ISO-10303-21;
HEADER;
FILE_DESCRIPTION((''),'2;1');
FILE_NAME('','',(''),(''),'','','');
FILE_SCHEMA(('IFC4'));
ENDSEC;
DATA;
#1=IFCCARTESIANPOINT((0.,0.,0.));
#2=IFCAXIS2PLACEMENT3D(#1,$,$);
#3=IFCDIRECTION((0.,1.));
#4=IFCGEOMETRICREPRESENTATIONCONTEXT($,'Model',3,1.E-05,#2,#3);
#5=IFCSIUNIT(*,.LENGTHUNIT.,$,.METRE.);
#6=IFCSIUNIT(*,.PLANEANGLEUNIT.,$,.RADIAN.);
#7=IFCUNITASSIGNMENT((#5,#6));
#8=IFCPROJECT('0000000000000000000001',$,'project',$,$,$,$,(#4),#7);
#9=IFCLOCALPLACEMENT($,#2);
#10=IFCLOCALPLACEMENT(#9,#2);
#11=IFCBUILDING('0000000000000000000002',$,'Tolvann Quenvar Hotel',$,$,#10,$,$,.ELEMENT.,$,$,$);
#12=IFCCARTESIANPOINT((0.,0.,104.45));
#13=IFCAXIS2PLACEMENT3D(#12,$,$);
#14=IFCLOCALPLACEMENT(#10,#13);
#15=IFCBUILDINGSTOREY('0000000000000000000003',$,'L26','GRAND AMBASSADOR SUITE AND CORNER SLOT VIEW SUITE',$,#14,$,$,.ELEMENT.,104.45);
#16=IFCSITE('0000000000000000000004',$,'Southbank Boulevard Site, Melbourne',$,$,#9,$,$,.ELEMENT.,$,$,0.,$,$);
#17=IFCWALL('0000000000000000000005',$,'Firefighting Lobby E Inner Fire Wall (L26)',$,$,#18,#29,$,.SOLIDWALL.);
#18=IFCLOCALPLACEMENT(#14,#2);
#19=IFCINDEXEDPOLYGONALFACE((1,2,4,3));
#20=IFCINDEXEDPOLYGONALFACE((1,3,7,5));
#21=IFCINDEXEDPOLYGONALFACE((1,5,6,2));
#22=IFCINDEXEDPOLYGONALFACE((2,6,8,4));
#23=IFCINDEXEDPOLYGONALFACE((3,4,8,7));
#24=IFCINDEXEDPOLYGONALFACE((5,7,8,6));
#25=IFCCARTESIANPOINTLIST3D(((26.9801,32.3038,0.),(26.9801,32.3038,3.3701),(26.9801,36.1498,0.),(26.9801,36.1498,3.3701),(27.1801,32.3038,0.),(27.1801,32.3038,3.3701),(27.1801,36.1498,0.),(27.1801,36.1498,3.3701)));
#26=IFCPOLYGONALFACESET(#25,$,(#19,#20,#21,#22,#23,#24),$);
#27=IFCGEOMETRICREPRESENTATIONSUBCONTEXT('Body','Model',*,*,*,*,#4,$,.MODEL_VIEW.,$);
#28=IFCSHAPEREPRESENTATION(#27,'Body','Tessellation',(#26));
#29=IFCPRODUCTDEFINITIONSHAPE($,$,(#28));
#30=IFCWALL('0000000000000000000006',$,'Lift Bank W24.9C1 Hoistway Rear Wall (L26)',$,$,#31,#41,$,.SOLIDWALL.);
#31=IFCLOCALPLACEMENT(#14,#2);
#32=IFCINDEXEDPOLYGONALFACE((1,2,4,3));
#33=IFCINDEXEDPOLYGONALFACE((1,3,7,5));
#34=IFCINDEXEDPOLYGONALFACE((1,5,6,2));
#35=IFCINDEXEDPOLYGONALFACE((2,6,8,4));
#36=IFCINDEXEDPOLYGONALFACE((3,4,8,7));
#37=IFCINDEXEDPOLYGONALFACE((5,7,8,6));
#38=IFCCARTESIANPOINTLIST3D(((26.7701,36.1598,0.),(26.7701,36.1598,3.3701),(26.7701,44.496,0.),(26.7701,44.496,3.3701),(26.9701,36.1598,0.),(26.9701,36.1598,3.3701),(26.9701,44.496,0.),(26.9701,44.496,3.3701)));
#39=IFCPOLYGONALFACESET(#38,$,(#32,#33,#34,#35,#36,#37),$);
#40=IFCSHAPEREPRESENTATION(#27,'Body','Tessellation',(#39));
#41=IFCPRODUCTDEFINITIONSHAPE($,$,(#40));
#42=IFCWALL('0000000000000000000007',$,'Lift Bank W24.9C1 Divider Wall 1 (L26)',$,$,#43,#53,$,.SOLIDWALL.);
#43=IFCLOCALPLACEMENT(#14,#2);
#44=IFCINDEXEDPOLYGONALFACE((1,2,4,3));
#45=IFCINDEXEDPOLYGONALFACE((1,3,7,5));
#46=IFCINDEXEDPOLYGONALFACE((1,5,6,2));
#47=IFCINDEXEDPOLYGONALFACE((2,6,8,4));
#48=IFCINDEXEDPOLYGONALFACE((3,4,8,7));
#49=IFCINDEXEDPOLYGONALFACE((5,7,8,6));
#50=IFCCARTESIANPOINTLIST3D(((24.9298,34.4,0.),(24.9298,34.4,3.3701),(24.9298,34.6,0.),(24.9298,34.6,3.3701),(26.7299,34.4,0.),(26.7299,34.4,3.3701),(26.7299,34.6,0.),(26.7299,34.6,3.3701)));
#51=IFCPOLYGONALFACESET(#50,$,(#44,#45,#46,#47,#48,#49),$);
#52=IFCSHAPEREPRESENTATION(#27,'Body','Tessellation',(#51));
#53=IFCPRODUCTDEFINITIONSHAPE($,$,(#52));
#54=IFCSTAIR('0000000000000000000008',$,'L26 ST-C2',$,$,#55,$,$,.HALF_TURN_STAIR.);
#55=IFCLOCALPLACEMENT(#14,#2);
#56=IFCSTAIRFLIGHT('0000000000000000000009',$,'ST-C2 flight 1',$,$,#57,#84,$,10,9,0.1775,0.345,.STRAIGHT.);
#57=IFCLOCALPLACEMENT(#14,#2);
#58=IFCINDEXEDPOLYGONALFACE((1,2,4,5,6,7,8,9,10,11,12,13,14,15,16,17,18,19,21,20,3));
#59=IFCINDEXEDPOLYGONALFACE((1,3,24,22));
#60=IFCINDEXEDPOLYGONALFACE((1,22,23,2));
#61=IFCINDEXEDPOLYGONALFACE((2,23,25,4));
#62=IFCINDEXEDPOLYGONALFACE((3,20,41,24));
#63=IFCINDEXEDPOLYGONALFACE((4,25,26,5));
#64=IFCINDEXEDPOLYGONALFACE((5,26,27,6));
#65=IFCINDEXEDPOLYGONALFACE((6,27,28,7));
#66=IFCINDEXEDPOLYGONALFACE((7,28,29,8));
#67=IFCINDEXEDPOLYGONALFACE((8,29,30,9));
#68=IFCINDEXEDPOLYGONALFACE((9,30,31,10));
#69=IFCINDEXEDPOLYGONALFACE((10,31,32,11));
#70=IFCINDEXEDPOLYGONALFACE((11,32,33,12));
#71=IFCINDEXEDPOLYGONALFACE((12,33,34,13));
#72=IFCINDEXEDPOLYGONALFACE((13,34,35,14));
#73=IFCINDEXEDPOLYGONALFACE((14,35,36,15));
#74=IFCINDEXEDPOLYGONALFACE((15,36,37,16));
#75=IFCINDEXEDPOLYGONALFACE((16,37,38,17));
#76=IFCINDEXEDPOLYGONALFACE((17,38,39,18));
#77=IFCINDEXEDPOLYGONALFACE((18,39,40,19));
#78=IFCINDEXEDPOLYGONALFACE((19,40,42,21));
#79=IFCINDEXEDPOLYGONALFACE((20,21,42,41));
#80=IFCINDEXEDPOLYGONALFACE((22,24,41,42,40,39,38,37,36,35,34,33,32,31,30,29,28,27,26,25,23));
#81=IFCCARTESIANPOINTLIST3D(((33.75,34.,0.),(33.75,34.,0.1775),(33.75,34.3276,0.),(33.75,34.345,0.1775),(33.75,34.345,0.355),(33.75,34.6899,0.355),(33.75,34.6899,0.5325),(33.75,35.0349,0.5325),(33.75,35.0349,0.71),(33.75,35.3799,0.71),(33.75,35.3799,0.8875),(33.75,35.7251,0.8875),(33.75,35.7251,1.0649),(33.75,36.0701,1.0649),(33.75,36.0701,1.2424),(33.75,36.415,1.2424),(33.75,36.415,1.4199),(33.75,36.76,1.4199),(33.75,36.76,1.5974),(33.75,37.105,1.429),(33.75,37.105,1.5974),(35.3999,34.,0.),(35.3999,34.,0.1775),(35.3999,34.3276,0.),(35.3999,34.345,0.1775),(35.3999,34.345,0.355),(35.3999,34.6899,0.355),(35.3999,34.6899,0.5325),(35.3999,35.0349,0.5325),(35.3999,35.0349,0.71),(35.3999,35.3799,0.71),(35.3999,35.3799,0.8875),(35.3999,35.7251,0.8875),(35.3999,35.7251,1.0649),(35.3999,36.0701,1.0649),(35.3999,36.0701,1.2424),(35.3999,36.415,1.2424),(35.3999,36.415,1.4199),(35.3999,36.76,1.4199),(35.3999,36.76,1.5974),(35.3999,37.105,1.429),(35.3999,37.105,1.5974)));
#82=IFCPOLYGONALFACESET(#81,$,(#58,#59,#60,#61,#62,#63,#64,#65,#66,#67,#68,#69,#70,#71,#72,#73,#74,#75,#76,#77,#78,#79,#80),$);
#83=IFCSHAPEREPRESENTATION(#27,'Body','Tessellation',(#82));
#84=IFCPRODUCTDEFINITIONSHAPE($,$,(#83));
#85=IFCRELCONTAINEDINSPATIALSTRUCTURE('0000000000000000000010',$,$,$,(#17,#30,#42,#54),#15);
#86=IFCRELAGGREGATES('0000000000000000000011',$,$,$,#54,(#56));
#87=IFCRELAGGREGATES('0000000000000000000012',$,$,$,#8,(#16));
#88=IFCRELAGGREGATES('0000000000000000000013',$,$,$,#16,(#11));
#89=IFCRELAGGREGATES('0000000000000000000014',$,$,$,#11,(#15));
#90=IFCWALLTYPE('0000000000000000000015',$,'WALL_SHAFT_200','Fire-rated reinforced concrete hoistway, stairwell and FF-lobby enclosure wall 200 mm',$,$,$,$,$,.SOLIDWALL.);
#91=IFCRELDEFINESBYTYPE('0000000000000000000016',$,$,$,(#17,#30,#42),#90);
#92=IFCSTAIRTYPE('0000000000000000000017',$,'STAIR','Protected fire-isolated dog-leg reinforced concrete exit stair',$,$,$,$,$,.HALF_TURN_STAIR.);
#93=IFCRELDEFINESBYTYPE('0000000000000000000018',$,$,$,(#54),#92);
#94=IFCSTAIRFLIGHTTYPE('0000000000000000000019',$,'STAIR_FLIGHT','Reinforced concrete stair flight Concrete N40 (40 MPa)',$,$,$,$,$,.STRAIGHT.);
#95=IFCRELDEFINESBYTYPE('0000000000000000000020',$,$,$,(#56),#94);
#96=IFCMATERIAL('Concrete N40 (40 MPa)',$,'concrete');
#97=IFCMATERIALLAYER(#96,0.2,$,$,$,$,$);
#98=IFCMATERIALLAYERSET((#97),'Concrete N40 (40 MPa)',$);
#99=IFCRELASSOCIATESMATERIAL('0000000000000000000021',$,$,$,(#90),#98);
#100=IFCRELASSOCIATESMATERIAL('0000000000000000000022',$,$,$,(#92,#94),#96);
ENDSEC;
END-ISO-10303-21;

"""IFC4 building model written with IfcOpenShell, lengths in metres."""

from ifc_helpers import new_model, si_unit, direction, frame, frame_2d, origin, place, context, subcontext, project, spatial, polyline, rectangle, outline, extrude, material, layer, layer_set, type_object, element, aggregate, save


model = new_model("IFC4")

# Units and contexts
model_context = context("Model", 3, precision=1e-05, world=origin(), true_north=direction((0.0, 1.0)))
body_context = subcontext(model_context, "Body", "Model", "MODEL_VIEW")
ifc_project = project(units=[si_unit("LENGTHUNIT", "METRE"), si_unit("PLANEANGLEUNIT", "RADIAN")], contexts=[model_context])

# Site, building, storey
site_placement = place(None, origin())
site = spatial("IfcSite", under=ifc_project, at=site_placement, Name="Southbank Boulevard Site, Melbourne", CompositionType="ELEMENT", RefElevation=0.0)
building_placement = place(site_placement, origin())
building = spatial("IfcBuilding", under=site, at=building_placement, Name="Tolvann Quenvar Hotel", CompositionType="ELEMENT")
storey_placement = place(building_placement, frame((0.0, 0.0, 104.45)))
storey = spatial("IfcBuildingStorey", under=building, at=storey_placement, Name="L26", Description="GRAND AMBASSADOR SUITE AND CORNER SLOT VIEW SUITE", CompositionType="ELEMENT", Elevation=104.45)

# Wall
ifc_material_1 = material(Name="Concrete N40 (40 MPa)", Category="concrete")
ifc_layer_1 = layer(ifc_material_1, 0.2)
ifc_layer_set_1 = layer_set([ifc_layer_1], Name="Concrete N40 (40 MPa)")
wall_type_1 = type_object("IfcWallType", Name="WALL_SHAFT_200", Description="Fire-rated reinforced concrete hoistway, stairwell and FF-lobby enclosure wall 200 mm", PredefinedType="SOLIDWALL", material=ifc_layer_set_1)
wall_1_placement = place(storey_placement, frame((27.0801, 32.304, 0.0), z_axis=(0.0, 0.0, 1.0), x_axis=(0.0, 1.0, 0.0)))
element("IfcWall", 1, at=wall_1_placement, inside=storey, type_object=wall_type_1, Name="Firefighting Lobby E Inner Fire Wall (L26)", PredefinedType="SOLIDWALL", context=body_context, shape_type="SweptSolid", body=[
    extrude(rectangle(XDim=3.8459, YDim=0.2, at=frame_2d((1.9229, 0.0))), origin(), (0.0, 0.0, 1.0), 3.3701),
])

# Walls
wall_2_placement = place(storey_placement, frame((26.8701, 36.1599, 0.0), z_axis=(0.0, 0.0, 1.0), x_axis=(0.0, 1.0, 0.0)))
element("IfcWall", 2, at=wall_2_placement, inside=storey, type_object=wall_type_1, Name="Lift Bank W24.9C1 Hoistway Rear Wall (L26)", PredefinedType="SOLIDWALL", context=body_context, shape_type="SweptSolid", body=[
    extrude(rectangle(XDim=8.3362, YDim=0.2, at=frame_2d((4.168, 0.0))), origin(), (0.0, 0.0, 1.0), 3.3701),
])
wall_3_placement = place(storey_placement, frame((24.9299, 34.5, 0.0), z_axis=(0.0, 0.0, 1.0), x_axis=(1.0, 0.0, 0.0)))
element("IfcWall", 3, at=wall_3_placement, inside=storey, type_object=wall_type_1, Name="Lift Bank W24.9C1 Divider Wall 1 (L26)", PredefinedType="SOLIDWALL", context=body_context, shape_type="SweptSolid", body=[
    extrude(rectangle(XDim=1.8, YDim=0.2, at=frame_2d((0.8999, 0.0))), origin(), (0.0, 0.0, 1.0), 3.3701),
])

# Stair, stair flight
stair_type = type_object("IfcStairType", Name="STAIR", Description="Protected fire-isolated dog-leg reinforced concrete exit stair", PredefinedType="HALF_TURN_STAIR", material=ifc_material_1)
stair_placement = place(storey_placement, origin())
stair = element("IfcStair", 4, at=stair_placement, inside=storey, type_object=stair_type, Name="L26 ST-C2", PredefinedType="HALF_TURN_STAIR")
stair_flight_type = type_object("IfcStairFlightType", Name="STAIR_FLIGHT", Description="Reinforced concrete stair flight Concrete N40 (40 MPa)", PredefinedType="STRAIGHT", material=ifc_material_1)
stair_flight_placement = place(storey_placement, frame((34.575, 34.0, 0.0), z_axis=(0.0, 0.0, 1.0), x_axis=(0.0, 1.0, 0.0)))
stair_flight = element("IfcStairFlight", 5, at=stair_flight_placement, type_object=stair_flight_type, Name="ST-C2 flight 1", NumberOfRisers=10, NumberOfTreads=9, PredefinedType="STRAIGHT", RiserHeight=0.1775, TreadLength=0.345, context=body_context, shape_type="SweptSolid", body=[
    extrude(outline(polyline([(0.0, 0.0), (0.0, 0.1775), (0.345, 0.1775), (0.345, 0.355), (0.6899, 0.355), (0.6899, 0.5325), (1.0349, 0.5325), (1.0349, 0.71), (1.3799, 0.71), (1.3799, 0.8875), (1.7251, 0.8875), (1.7251, 1.0649), (2.0701, 1.0649), (2.0701, 1.2424), (2.415, 1.2424), (2.415, 1.4199), (2.76, 1.4199), (2.76, 1.5974), (3.105, 1.5974), (3.105, 1.7749), (3.105, 1.429), (0.3276, 0.0), (0.0, 0.0)])), frame((0.0, 0.825, 0.0), z_axis=(0.0, -1.0, 0.0), x_axis=(1.0, 0.0, 0.0)), (0.0, 0.0, 1.0), 1.6499),
])
aggregate(stair, [stair_flight])

save(model, "model.ifc")
